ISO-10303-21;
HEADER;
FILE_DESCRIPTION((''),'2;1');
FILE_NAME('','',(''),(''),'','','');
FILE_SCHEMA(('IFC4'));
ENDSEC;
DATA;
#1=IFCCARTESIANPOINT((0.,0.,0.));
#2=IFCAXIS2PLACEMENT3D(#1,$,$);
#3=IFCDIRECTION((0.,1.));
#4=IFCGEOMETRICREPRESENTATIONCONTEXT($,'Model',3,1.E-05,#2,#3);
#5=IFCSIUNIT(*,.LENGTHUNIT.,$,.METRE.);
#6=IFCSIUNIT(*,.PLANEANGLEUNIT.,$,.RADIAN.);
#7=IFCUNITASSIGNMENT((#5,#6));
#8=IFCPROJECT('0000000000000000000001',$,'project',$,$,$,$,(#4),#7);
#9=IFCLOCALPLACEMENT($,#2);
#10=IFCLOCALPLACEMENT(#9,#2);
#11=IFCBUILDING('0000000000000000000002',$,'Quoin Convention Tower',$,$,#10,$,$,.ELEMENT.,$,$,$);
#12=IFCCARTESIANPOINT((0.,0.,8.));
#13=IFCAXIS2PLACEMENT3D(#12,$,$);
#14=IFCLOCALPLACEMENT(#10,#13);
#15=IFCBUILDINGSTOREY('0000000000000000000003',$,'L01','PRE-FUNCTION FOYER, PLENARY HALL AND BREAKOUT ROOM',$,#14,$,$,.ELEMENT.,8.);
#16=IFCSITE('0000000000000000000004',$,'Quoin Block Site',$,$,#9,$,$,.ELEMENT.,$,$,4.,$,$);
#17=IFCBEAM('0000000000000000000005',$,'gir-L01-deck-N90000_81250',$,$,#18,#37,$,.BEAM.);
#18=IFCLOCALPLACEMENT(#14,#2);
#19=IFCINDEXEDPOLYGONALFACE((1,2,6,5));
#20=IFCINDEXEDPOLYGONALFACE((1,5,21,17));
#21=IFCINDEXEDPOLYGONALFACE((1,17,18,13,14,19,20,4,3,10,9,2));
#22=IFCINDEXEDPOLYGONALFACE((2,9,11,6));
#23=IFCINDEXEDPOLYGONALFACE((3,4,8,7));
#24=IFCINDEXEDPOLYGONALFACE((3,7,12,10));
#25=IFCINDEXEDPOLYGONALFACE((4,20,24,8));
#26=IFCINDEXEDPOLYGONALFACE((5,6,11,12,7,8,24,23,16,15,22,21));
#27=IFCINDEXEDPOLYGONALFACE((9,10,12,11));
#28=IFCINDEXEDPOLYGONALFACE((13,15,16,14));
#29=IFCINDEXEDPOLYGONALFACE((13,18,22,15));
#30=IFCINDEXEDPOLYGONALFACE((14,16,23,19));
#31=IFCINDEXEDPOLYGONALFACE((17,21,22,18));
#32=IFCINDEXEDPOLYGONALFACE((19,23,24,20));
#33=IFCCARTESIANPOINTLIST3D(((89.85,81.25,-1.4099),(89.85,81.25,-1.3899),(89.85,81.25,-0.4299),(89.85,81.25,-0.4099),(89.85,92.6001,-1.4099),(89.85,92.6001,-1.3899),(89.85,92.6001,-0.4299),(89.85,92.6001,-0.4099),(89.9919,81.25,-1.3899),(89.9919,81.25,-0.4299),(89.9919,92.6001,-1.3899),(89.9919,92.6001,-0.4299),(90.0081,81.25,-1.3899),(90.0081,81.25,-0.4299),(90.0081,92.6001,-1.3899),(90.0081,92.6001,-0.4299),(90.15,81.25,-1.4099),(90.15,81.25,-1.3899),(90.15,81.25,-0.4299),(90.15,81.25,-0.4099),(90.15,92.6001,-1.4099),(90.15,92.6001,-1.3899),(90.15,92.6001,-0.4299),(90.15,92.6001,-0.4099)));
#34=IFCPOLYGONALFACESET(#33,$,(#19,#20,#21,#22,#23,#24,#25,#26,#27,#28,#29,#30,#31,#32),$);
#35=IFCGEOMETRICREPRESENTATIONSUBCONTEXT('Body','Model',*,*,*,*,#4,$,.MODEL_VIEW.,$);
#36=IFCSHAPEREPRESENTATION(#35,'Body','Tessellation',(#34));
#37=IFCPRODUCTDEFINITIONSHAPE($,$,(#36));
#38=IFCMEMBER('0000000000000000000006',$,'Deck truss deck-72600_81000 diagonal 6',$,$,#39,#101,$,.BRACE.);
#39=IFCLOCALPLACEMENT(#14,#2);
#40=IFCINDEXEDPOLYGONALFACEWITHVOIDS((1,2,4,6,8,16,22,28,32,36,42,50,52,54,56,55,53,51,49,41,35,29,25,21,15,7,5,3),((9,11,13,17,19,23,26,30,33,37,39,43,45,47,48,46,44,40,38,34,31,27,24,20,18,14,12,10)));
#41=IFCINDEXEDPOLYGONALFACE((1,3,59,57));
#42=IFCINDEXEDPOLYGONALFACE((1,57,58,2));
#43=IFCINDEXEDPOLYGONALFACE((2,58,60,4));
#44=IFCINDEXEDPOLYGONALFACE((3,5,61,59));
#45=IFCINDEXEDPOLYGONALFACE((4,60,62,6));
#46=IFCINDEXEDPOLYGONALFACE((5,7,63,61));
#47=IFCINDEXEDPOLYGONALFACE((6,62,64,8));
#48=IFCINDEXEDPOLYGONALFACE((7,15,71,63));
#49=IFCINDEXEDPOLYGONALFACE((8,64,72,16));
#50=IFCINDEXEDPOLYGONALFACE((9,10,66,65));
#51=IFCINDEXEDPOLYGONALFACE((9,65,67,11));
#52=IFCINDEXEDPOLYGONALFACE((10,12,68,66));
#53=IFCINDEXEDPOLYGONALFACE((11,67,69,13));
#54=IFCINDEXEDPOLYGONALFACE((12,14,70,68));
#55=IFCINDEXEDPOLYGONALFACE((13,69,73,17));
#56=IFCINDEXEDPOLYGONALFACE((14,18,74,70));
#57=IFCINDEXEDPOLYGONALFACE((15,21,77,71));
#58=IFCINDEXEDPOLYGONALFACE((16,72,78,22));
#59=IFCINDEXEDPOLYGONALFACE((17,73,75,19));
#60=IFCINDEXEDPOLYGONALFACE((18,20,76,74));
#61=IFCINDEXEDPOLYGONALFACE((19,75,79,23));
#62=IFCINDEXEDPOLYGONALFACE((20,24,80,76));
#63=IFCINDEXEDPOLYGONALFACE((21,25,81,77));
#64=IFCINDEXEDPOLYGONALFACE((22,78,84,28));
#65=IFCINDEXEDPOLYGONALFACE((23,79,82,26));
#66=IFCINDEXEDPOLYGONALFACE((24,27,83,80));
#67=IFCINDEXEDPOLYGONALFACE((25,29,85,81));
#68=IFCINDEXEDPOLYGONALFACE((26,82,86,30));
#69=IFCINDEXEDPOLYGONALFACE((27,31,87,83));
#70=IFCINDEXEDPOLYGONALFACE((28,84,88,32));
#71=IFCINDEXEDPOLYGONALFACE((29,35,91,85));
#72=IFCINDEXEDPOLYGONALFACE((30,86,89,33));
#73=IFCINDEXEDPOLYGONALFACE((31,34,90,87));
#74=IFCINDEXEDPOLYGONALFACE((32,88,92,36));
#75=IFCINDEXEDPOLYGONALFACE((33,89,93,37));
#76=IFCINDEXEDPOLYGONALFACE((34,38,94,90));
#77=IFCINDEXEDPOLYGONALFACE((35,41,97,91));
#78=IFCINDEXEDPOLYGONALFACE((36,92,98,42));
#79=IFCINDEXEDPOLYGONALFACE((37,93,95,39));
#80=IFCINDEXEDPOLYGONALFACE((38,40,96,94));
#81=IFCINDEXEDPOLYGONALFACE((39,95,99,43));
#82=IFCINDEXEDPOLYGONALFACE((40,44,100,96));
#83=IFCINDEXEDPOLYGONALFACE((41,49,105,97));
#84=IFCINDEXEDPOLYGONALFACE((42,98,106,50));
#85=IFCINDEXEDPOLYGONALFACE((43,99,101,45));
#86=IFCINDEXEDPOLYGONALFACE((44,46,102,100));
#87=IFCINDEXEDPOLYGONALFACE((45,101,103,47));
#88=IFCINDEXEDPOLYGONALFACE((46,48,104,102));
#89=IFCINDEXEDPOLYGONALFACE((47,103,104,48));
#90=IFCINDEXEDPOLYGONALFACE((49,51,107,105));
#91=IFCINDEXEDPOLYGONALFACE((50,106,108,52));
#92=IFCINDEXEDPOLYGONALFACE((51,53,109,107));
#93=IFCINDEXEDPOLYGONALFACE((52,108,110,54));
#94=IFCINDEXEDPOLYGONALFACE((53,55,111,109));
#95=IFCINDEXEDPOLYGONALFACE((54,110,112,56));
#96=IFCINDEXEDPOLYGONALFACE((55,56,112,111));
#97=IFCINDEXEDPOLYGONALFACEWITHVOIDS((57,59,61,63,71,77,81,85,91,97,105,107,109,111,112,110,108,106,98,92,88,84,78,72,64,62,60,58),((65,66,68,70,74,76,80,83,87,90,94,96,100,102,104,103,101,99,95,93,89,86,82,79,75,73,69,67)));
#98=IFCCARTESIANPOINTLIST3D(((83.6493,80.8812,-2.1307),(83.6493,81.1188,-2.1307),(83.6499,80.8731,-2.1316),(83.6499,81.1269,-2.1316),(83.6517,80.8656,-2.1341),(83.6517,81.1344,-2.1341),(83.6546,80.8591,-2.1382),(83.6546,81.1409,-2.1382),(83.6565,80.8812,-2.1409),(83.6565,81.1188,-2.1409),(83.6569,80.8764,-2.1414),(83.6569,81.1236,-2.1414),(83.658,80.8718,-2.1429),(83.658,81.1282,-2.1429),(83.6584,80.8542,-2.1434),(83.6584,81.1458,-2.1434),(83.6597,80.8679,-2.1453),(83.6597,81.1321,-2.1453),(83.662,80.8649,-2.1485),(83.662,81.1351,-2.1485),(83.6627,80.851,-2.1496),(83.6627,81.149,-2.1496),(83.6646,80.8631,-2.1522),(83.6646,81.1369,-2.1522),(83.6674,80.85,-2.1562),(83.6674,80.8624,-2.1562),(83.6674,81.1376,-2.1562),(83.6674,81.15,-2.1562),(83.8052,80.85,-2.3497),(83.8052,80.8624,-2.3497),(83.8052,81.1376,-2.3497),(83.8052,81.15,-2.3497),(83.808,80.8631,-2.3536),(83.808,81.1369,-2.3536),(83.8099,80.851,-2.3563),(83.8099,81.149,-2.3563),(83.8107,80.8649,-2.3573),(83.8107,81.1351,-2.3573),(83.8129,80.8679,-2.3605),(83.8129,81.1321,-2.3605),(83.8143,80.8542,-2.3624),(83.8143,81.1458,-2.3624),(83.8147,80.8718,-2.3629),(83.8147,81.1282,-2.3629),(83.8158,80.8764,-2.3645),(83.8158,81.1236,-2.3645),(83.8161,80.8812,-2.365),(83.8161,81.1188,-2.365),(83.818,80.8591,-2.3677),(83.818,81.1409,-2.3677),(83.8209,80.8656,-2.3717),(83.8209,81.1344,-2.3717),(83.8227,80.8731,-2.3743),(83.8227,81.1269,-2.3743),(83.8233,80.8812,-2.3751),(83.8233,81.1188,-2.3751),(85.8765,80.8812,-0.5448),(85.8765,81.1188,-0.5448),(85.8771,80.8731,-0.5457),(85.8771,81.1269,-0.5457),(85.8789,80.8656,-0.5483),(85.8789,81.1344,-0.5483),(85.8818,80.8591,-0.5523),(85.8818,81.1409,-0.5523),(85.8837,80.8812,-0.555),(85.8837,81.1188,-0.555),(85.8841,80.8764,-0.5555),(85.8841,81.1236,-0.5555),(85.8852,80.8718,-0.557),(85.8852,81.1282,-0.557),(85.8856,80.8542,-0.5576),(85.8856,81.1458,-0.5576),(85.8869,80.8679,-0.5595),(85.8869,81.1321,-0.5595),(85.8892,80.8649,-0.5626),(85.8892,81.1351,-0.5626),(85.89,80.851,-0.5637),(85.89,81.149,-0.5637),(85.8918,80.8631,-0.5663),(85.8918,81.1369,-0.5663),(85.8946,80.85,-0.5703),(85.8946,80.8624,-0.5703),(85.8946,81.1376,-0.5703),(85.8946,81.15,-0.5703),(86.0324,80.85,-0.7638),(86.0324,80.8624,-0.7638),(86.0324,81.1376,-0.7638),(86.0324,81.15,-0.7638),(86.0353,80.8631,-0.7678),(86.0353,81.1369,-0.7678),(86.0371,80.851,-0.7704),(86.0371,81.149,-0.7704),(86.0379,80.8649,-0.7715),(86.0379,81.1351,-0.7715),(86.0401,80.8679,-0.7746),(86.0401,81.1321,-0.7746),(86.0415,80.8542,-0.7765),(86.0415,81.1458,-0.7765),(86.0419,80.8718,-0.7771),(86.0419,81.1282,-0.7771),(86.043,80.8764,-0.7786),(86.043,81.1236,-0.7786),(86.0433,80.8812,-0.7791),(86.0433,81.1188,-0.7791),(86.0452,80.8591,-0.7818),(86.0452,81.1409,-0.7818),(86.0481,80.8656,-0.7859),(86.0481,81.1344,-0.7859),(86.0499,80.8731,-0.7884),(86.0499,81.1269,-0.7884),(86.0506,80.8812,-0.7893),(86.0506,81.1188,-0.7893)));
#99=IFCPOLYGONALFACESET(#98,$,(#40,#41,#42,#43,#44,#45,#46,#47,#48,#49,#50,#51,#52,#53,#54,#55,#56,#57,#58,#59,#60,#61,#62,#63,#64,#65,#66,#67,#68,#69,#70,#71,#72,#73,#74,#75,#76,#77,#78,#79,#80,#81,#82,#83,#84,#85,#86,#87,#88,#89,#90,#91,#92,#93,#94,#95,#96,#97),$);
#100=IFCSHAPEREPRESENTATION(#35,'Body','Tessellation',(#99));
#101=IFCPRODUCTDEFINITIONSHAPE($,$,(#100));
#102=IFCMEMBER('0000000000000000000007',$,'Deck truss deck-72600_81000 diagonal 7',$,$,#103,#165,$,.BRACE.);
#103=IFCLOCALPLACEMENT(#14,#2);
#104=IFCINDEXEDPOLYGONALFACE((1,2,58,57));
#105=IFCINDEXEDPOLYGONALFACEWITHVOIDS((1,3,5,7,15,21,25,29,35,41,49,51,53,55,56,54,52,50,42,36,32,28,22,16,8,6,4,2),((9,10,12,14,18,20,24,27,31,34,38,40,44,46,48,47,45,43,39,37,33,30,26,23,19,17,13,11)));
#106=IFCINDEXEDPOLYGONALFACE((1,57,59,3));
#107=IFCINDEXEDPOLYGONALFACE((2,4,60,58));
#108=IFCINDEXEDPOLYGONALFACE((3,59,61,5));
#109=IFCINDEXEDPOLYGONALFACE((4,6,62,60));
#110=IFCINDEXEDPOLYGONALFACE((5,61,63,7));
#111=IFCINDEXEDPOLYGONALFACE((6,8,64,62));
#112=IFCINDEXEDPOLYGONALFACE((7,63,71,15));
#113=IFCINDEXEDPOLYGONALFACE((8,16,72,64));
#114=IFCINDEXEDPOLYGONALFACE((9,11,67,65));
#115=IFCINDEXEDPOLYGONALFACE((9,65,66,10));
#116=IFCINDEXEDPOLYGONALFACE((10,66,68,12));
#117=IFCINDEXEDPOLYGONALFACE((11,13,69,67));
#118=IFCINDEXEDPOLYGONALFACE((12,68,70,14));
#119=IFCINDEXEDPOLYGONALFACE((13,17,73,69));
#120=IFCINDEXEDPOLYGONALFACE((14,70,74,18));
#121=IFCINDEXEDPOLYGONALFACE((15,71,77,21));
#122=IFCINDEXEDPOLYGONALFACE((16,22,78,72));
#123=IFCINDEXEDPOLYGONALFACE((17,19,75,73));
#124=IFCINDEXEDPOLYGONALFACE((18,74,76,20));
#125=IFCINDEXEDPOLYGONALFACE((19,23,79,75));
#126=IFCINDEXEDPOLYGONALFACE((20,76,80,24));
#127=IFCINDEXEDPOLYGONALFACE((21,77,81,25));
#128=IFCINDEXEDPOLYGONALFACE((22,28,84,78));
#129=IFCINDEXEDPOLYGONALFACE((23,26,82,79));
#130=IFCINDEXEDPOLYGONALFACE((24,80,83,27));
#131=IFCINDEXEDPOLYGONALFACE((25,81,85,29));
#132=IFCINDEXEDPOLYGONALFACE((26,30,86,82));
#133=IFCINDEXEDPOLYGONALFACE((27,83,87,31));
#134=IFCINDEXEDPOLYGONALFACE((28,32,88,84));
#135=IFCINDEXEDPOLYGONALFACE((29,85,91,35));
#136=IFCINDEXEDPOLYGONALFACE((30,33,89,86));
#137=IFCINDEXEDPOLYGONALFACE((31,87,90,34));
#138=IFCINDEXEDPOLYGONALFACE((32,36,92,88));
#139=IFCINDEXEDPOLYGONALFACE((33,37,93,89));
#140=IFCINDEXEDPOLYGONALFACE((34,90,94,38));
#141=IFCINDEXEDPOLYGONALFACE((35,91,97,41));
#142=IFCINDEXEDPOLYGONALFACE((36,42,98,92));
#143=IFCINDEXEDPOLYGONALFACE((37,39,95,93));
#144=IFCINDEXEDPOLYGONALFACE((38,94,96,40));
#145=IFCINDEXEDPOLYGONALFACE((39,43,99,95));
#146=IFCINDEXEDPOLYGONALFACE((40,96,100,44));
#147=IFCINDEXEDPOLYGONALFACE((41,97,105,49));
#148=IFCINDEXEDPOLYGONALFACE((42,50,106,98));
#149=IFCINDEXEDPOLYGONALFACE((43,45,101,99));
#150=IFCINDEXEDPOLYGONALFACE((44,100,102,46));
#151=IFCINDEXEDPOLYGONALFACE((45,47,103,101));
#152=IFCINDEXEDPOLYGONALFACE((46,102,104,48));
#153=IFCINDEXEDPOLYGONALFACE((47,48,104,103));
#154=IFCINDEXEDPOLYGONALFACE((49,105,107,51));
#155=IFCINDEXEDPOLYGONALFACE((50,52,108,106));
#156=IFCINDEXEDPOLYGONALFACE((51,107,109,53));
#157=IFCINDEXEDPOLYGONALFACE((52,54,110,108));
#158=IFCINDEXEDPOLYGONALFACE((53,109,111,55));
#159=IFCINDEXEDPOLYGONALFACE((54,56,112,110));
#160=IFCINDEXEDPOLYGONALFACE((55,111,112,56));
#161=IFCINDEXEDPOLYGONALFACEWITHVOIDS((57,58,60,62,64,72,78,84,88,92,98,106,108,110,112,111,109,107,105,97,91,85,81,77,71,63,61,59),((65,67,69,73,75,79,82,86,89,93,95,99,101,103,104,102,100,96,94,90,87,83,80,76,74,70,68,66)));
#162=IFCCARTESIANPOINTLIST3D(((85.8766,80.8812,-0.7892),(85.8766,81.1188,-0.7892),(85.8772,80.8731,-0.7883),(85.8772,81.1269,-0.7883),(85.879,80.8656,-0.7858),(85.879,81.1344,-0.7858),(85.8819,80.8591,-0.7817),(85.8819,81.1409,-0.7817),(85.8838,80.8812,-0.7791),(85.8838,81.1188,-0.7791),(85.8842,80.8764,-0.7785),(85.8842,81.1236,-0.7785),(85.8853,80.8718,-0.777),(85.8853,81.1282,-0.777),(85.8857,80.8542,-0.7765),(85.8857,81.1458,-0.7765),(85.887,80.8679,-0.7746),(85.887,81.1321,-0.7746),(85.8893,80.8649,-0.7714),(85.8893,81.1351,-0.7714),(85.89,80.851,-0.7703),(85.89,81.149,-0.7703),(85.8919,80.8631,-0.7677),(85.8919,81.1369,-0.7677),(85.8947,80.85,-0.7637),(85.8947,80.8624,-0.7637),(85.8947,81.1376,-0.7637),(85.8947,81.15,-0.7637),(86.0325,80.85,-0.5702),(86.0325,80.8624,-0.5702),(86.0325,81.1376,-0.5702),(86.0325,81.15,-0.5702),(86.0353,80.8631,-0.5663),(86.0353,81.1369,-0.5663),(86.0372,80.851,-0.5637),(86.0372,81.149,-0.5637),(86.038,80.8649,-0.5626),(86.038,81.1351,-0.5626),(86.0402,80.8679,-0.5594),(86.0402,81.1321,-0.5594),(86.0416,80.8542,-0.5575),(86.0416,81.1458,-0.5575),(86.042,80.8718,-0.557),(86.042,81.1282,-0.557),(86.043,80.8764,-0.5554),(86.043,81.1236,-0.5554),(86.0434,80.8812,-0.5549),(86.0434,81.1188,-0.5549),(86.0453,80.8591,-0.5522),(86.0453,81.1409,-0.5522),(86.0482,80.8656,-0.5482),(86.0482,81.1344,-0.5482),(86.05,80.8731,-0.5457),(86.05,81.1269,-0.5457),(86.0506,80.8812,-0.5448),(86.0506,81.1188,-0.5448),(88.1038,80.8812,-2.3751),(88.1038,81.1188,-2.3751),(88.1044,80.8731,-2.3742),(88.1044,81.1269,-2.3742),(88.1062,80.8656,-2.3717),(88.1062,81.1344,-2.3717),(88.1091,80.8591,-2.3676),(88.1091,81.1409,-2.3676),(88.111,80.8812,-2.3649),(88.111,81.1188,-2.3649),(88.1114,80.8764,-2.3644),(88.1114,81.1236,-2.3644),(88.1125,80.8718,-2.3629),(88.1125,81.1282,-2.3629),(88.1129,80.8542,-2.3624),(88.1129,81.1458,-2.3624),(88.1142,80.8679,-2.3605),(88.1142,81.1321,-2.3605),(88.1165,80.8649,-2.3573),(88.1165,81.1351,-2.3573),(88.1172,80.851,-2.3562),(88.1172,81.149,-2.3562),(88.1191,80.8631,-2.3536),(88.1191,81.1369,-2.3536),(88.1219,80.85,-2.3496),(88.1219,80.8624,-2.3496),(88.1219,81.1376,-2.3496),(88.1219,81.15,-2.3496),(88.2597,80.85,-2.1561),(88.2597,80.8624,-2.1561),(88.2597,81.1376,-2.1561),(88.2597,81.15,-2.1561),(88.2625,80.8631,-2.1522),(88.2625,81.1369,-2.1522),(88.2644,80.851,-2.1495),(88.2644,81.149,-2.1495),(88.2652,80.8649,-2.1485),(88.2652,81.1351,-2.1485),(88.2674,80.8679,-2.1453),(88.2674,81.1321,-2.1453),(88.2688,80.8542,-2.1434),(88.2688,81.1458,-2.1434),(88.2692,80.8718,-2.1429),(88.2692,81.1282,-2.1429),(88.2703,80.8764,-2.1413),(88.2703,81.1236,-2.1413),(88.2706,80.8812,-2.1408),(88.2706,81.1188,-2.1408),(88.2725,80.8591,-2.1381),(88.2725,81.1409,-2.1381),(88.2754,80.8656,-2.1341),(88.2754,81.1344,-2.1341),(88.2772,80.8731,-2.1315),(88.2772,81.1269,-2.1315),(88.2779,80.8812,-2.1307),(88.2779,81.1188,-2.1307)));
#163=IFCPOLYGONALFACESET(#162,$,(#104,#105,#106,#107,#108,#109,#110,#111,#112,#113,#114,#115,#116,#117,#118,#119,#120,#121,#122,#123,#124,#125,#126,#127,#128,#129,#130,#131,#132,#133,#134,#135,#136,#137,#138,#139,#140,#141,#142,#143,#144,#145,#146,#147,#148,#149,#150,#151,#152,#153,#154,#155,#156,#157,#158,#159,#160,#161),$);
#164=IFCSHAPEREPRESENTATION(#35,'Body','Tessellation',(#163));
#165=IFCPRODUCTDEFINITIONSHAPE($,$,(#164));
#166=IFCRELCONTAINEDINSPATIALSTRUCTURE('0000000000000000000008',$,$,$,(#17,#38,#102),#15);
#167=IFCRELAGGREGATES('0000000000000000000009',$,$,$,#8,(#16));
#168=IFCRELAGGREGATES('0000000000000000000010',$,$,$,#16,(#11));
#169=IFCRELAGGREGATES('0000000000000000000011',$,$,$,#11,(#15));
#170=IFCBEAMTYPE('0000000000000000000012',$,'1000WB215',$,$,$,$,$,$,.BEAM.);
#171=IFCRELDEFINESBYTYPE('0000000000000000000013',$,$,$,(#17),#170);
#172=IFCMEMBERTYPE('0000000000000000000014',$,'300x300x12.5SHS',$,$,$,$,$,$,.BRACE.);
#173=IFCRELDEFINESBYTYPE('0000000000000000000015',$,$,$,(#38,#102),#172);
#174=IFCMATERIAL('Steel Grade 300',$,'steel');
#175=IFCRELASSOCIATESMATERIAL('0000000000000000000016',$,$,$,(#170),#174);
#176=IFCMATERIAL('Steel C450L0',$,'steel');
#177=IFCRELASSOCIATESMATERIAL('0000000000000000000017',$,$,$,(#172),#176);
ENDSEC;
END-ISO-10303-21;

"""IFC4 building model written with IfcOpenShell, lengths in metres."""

from ifc_helpers import new_model, si_unit, direction, frame, origin, origin_2d, place, context, subcontext, project, spatial, hollow_rectangle, i_section, extrude, material, material_profile, profile_set, type_object, element, save


model = new_model("IFC4")

# Units and contexts
model_context = context("Model", 3, precision=1e-05, world=origin(), true_north=direction((0.0, 1.0)))
body_context = subcontext(model_context, "Body", "Model", "MODEL_VIEW")
ifc_project = project(units=[si_unit("LENGTHUNIT", "METRE"), si_unit("PLANEANGLEUNIT", "RADIAN")], contexts=[model_context])

# Site, building, storey
site_placement = place(None, origin())
site = spatial("IfcSite", under=ifc_project, at=site_placement, Name="Quoin Block Site", CompositionType="ELEMENT", RefElevation=4.0)
building_placement = place(site_placement, origin())
building = spatial("IfcBuilding", under=site, at=building_placement, Name="Quoin Convention Tower", CompositionType="ELEMENT")
storey_placement = place(building_placement, frame((0.0, 0.0, 8.0)))
storey = spatial("IfcBuildingStorey", under=building, at=storey_placement, Name="L01", Description="PRE-FUNCTION FOYER, PLENARY HALL AND BREAKOUT ROOM", CompositionType="ELEMENT", Elevation=8.0)

# Beam
ifc_material_1 = material(Name="Steel Grade 300", Category="steel")
ifc_material_profile_1 = material_profile(ifc_material_1, i_section(OverallWidth=0.3, OverallDepth=1.0, WebThickness=0.0161, FlangeThickness=0.02, at=origin_2d()), Name="1000WB215")
ifc_profile_set_1 = profile_set([ifc_material_profile_1], Name="Steel Grade 300")
beam_type_1 = type_object("IfcBeamType", Name="1000WB215", PredefinedType="BEAM", material=ifc_profile_set_1)
beam_1_placement = place(storey_placement, frame((90.0, 81.25, -0.9099), z_axis=(0.0, 1.0, 0.0), x_axis=(-1.0, 0.0, 0.0)))
element("IfcBeam", 1, at=beam_1_placement, inside=storey, type_object=beam_type_1, Name="gir-L01-deck-N90000_81250", PredefinedType="BEAM", context=body_context, shape_type="SweptSolid", body=[
    extrude(i_section(OverallWidth=0.3, OverallDepth=1.0, WebThickness=0.0161, FlangeThickness=0.02, at=origin_2d()), origin(), (0.0, 0.0, 1.0), 11.3501),
])

# Members
ifc_material_2 = material(Name="Steel C450L0", Category="steel")
ifc_material_profile_2 = material_profile(ifc_material_2, hollow_rectangle(XDim=0.3, YDim=0.3, WallThickness=0.0125, InnerFilletRadius=0.0188, OuterFilletRadius=0.0312, at=origin_2d()), Name="300x300x12.5SHS")
ifc_profile_set_2 = profile_set([ifc_material_profile_2], Name="Steel C450L0")
member_type_1 = type_object("IfcMemberType", Name="300x300x12.5SHS", PredefinedType="BRACE", material=ifc_profile_set_2)
for number, where, z_axis, x_axis, name in (
    (2, (83.7363, 81.0, -2.2529), (0.814595, 0.0, 0.58003), (0.0, 1.0, 0.0), "Deck truss deck-72600_81000 diagonal 6"),
    (3, (85.9636, 81.0, -0.667), (0.814595, 0.0, -0.58003), (0.0, 1.0, 0.0), "Deck truss deck-72600_81000 diagonal 7"),
):
    element("IfcMember", number, at=place(storey_placement, frame(where, z_axis=z_axis, x_axis=x_axis)), inside=storey, type_object=member_type_1, Name=name, PredefinedType="BRACE", context=body_context, shape_type="SweptSolid", body=[
        extrude(hollow_rectangle(XDim=0.3, YDim=0.3, WallThickness=0.0125, InnerFilletRadius=0.0188, OuterFilletRadius=0.0312, at=origin_2d()), origin(), (0.0, 0.0, 1.0), 2.7341),
    ])

save(model, "model.ifc")
